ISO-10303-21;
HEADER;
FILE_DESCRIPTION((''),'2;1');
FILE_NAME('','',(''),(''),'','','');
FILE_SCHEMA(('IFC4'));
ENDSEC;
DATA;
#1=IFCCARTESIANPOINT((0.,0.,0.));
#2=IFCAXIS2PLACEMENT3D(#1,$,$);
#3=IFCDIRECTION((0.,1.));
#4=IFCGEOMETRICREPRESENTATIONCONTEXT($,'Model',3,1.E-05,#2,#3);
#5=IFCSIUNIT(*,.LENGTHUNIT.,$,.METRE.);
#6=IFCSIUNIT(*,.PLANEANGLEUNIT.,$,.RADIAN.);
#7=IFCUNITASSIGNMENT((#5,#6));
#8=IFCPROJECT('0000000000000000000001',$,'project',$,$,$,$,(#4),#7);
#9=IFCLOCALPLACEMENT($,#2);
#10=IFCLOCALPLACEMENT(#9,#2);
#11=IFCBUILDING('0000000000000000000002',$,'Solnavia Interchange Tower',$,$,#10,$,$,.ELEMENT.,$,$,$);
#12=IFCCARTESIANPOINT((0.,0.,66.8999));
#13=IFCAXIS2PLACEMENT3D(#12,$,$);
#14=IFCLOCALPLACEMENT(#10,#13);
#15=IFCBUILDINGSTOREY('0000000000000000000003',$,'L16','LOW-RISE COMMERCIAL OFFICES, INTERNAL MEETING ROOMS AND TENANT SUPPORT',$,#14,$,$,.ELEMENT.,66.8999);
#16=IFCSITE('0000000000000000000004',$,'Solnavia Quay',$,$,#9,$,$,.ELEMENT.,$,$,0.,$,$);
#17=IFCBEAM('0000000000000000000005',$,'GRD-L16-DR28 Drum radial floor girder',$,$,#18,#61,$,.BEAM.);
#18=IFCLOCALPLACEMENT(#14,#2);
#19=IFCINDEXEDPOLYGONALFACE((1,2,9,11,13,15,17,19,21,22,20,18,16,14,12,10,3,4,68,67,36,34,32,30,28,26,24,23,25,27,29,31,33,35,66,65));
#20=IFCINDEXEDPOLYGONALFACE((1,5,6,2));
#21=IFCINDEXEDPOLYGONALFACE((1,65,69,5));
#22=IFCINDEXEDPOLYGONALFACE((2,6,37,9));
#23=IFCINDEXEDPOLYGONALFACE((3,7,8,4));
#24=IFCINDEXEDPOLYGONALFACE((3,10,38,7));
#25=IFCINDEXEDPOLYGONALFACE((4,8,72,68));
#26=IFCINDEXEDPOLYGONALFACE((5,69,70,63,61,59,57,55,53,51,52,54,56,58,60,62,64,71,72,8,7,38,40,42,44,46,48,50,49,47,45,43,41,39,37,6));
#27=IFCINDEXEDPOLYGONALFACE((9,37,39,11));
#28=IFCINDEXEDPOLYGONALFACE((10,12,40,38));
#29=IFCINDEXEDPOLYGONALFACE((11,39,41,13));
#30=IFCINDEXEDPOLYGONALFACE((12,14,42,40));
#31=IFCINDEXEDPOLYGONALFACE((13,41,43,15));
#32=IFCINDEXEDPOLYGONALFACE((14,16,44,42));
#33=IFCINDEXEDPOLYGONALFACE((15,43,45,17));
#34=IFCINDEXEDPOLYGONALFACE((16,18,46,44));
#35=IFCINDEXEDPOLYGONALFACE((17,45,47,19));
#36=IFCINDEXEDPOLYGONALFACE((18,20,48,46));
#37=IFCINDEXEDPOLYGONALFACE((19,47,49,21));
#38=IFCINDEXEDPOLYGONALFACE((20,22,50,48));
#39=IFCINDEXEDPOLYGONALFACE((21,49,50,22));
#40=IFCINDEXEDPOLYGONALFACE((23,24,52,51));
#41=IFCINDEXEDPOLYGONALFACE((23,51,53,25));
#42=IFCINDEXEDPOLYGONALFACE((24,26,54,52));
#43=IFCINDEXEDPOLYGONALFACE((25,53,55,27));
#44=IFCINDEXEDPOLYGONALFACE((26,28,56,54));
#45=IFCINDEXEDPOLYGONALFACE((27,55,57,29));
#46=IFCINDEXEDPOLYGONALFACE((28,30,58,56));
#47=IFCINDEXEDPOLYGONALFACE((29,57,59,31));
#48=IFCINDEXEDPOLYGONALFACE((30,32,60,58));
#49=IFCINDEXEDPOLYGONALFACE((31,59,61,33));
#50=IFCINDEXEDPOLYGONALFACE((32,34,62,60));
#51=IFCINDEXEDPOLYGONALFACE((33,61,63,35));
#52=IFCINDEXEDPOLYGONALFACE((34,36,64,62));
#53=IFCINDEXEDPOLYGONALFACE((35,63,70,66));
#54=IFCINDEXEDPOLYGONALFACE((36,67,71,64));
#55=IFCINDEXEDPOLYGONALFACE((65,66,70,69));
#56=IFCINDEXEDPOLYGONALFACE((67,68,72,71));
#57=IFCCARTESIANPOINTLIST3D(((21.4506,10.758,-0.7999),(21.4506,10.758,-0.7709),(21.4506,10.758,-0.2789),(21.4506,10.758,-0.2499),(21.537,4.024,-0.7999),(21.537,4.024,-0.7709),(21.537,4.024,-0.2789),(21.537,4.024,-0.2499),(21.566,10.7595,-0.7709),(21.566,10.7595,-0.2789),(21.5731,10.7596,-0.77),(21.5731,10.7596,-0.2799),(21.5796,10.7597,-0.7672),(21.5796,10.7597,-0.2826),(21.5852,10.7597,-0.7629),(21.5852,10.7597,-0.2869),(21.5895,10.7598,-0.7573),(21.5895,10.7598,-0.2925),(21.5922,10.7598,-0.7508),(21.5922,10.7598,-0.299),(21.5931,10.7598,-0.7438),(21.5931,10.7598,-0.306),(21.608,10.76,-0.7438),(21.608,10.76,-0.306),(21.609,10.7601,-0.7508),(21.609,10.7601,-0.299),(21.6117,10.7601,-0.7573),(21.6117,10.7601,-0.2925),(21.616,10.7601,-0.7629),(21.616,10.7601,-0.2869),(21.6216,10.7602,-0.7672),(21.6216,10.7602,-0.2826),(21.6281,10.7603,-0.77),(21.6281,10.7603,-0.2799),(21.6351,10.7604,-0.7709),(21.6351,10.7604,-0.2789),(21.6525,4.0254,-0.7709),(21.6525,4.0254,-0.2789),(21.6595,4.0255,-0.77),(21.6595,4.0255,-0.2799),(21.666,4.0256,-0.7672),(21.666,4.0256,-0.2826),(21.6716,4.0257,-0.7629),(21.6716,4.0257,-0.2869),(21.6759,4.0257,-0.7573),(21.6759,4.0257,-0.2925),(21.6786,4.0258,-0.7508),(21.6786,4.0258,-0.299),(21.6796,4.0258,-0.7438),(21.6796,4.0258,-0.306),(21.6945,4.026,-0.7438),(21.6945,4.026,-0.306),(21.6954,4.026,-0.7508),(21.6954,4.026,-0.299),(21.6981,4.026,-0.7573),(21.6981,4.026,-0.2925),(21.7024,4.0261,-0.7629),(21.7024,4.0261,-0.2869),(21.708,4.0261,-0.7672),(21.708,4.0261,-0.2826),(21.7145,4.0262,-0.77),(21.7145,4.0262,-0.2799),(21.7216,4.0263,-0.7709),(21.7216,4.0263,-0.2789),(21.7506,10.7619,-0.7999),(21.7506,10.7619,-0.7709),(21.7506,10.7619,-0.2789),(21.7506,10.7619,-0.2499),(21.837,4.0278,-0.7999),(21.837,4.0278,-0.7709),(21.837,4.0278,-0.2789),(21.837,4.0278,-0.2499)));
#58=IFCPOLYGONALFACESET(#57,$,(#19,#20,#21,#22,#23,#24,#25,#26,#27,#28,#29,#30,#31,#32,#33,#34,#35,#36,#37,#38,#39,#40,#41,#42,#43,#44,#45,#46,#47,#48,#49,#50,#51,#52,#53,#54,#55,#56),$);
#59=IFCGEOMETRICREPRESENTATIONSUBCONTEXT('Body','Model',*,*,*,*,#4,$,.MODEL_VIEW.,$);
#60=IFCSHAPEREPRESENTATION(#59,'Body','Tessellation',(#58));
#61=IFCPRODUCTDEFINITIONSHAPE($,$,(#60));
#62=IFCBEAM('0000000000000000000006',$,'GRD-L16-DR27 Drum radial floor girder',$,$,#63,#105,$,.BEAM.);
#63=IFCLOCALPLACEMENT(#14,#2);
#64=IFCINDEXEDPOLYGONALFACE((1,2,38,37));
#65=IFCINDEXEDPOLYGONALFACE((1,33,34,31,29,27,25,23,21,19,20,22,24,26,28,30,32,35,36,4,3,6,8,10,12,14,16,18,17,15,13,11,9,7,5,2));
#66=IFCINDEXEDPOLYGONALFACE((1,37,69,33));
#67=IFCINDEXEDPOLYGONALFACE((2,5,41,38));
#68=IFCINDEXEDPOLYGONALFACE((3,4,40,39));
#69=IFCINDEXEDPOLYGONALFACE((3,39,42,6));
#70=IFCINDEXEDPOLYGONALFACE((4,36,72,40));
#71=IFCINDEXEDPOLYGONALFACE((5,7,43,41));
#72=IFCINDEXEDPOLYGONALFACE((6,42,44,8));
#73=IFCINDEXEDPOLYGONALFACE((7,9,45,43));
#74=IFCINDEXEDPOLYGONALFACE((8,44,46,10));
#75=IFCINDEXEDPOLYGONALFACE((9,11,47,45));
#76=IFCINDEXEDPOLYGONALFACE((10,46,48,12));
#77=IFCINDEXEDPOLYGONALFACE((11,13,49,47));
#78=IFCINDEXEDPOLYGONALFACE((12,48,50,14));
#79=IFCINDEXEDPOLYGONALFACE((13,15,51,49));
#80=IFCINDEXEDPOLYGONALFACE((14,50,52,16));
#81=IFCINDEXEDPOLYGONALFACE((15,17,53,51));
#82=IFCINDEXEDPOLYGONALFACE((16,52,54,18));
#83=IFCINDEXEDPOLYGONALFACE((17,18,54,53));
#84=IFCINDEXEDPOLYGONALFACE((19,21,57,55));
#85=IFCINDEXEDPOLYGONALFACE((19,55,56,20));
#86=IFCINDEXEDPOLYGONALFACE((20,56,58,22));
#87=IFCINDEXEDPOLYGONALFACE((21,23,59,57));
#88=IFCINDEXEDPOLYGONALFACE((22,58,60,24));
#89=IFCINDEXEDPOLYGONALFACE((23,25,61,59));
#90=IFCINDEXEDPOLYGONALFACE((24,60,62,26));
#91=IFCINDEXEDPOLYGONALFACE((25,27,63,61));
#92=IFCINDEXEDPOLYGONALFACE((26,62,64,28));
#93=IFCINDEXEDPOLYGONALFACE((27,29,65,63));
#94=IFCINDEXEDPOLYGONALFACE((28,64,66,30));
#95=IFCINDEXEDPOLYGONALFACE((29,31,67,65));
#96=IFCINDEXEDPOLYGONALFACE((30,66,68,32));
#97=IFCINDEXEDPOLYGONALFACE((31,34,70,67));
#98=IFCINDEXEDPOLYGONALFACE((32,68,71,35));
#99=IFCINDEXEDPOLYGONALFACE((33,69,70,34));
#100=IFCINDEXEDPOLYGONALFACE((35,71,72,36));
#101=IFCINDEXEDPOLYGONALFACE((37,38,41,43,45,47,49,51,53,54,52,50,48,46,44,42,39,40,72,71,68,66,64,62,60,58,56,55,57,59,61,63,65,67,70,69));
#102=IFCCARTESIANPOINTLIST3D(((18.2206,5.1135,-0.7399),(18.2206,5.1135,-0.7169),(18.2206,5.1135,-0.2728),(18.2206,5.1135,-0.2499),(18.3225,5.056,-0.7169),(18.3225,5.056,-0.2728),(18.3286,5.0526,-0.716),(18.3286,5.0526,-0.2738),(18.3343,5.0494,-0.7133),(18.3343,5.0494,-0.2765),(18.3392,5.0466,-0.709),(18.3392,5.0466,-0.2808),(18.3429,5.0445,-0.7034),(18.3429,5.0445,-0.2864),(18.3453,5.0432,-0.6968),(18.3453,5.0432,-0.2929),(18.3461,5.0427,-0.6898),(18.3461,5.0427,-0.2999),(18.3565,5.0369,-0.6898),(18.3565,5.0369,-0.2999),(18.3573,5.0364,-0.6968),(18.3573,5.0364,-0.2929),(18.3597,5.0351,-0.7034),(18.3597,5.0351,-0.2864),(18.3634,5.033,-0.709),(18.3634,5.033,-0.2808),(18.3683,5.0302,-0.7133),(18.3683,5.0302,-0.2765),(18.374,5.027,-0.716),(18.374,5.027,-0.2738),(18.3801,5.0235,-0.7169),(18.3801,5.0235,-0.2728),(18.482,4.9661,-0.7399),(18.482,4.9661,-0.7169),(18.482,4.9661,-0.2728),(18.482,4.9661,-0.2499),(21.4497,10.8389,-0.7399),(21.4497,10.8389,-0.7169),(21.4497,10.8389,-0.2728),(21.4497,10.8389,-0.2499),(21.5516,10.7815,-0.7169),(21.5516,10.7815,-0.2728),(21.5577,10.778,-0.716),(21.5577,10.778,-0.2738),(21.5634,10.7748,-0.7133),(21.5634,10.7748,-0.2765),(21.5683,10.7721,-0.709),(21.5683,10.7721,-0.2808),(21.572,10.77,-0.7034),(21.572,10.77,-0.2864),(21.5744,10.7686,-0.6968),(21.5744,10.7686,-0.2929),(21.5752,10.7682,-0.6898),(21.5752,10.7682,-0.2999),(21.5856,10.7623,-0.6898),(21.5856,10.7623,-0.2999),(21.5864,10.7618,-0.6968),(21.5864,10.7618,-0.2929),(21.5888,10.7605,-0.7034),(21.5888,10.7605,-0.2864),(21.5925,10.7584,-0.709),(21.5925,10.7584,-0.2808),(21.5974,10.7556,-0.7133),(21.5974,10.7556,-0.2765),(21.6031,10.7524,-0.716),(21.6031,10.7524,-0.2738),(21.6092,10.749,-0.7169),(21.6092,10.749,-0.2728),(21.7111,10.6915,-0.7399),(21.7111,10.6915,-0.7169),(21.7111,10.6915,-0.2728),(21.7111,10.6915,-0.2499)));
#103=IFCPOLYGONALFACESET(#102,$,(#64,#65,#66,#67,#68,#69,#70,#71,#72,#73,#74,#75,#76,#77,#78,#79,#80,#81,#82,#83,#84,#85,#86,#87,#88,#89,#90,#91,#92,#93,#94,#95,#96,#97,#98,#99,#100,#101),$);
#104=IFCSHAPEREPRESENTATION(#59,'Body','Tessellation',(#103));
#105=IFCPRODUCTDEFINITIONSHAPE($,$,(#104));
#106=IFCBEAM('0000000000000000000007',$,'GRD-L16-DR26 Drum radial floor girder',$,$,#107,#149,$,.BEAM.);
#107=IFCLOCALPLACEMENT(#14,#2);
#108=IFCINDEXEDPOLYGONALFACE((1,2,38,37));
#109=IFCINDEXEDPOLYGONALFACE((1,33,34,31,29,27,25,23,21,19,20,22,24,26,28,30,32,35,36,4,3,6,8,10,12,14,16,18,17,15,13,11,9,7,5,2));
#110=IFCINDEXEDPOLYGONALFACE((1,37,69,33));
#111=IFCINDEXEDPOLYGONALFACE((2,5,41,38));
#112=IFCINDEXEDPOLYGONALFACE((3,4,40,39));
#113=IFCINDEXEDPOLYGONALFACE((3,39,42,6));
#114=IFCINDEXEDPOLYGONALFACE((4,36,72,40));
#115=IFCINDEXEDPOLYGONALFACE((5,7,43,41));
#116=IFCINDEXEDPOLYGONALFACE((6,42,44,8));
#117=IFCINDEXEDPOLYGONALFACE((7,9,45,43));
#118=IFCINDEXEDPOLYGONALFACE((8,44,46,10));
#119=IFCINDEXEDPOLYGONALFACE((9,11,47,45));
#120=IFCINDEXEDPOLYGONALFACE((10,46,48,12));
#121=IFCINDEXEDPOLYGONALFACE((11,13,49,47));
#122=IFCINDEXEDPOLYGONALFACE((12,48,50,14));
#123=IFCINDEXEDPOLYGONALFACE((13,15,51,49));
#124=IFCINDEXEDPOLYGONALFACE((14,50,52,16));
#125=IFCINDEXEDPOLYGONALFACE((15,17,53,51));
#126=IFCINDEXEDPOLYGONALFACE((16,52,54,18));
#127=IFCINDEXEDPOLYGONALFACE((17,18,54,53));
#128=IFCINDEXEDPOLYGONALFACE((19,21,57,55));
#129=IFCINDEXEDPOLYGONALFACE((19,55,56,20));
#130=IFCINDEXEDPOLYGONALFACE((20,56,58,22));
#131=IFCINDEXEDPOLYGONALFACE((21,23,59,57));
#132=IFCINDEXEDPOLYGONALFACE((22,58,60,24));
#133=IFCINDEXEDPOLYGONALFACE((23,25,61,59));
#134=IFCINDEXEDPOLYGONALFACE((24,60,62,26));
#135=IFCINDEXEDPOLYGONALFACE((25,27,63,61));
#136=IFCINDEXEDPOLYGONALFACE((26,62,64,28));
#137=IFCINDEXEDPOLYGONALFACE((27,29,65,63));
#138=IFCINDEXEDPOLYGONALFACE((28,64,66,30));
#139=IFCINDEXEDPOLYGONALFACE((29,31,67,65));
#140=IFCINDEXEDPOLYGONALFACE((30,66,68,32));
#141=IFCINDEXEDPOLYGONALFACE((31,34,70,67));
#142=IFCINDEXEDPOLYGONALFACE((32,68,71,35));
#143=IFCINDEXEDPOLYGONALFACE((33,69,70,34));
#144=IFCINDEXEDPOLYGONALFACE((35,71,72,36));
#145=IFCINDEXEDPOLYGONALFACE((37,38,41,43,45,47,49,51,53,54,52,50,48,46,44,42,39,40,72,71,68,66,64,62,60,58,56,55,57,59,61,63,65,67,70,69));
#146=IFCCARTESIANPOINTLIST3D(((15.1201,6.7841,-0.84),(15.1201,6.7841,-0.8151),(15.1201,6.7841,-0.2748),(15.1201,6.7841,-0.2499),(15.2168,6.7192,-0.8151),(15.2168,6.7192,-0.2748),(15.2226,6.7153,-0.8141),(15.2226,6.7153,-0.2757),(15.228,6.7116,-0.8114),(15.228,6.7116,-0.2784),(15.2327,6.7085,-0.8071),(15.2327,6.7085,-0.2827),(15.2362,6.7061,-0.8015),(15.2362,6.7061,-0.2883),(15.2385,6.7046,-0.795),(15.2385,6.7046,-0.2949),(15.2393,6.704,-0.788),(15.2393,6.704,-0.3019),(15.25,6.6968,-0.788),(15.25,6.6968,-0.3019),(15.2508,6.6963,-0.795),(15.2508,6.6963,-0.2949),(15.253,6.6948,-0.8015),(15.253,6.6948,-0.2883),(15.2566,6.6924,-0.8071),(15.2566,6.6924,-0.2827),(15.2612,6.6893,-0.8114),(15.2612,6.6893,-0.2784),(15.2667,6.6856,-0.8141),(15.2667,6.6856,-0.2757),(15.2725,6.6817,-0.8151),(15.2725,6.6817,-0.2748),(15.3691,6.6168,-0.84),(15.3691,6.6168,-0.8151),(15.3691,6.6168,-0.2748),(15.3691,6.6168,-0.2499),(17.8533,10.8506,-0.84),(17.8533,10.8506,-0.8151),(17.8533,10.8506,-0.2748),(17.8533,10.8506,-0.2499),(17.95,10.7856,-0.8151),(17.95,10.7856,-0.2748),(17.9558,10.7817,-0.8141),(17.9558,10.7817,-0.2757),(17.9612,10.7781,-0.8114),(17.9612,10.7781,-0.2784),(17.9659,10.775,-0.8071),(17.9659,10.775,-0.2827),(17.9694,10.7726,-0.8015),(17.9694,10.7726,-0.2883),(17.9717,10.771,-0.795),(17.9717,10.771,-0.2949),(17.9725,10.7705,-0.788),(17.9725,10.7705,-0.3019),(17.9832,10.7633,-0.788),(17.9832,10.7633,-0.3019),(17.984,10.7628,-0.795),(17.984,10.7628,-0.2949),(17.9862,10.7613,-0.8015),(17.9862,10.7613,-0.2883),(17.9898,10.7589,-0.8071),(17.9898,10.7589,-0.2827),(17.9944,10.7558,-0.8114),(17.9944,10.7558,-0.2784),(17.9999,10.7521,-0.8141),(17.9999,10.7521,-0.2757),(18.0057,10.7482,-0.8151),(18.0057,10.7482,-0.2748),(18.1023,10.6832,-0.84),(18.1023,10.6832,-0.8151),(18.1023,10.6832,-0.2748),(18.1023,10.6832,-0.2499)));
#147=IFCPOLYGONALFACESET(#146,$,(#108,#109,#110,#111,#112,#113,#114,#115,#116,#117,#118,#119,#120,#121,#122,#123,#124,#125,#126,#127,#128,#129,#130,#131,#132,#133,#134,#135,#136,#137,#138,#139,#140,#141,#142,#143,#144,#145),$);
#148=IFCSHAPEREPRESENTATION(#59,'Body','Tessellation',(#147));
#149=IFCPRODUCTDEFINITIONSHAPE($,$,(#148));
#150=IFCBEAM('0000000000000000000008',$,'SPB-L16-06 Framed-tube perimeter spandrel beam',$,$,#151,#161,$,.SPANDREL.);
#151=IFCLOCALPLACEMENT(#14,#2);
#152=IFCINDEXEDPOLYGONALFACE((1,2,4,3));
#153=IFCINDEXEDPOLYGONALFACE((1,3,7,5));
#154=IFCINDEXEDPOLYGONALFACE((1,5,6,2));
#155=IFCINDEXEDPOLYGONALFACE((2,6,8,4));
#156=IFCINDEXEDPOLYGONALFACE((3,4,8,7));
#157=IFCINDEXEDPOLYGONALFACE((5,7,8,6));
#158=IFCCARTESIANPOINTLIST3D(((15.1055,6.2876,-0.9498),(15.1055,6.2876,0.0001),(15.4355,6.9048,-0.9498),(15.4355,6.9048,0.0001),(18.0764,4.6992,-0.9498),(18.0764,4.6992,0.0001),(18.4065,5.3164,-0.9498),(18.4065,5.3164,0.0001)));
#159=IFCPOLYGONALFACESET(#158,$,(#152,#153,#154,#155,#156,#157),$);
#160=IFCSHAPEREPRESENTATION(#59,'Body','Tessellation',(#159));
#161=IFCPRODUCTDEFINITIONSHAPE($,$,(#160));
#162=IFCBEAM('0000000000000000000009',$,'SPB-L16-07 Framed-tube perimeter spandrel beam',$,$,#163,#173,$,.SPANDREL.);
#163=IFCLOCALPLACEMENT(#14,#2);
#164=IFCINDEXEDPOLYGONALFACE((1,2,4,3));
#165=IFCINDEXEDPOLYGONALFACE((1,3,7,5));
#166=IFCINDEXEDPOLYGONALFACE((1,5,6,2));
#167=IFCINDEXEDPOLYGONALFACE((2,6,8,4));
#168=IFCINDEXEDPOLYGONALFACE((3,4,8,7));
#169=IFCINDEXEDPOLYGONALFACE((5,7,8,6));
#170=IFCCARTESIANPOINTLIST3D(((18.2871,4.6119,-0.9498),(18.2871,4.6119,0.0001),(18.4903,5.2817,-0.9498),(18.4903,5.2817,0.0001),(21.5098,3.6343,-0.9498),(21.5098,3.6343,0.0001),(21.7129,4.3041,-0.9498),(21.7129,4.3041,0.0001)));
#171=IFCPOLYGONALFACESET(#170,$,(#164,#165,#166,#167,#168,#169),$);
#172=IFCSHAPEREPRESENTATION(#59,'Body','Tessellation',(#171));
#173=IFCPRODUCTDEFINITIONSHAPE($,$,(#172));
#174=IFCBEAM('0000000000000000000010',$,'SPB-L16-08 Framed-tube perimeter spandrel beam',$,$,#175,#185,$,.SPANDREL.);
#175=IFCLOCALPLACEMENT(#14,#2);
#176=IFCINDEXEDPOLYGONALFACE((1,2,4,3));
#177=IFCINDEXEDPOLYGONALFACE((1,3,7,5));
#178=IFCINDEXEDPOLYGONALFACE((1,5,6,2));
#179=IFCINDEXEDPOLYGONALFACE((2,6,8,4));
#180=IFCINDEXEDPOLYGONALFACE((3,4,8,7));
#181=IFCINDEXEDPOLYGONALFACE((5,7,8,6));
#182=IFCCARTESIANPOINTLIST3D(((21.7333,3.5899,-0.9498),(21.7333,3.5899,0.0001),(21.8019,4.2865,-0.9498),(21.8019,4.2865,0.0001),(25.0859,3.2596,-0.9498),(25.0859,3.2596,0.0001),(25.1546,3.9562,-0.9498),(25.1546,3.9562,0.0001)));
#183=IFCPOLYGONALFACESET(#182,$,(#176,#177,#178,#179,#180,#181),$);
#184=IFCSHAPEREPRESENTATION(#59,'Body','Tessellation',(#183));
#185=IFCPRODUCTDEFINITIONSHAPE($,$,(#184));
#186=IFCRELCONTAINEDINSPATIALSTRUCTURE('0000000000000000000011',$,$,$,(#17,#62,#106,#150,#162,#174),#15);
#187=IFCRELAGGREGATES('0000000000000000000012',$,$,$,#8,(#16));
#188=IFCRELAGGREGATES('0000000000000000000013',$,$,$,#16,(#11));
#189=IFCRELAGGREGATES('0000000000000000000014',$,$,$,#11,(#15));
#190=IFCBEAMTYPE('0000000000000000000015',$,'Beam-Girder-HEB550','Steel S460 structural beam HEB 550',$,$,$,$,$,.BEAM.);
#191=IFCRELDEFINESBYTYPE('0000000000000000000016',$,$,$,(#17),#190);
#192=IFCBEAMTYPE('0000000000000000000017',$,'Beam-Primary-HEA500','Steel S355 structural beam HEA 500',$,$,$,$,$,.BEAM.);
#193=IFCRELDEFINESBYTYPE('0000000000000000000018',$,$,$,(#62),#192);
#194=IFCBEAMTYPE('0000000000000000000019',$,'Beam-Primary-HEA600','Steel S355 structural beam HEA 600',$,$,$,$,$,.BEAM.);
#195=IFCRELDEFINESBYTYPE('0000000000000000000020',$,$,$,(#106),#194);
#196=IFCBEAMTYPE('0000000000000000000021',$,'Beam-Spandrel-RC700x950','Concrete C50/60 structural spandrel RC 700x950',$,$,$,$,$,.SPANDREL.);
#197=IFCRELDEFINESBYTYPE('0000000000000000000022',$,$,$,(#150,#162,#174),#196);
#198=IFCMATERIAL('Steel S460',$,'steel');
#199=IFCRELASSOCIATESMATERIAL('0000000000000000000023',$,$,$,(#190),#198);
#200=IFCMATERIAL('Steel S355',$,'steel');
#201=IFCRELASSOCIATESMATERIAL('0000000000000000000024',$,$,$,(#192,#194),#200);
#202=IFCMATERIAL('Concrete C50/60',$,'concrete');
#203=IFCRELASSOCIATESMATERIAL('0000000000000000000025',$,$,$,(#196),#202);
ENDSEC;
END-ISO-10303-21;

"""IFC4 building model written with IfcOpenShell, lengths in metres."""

from ifc_helpers import new_model, si_unit, direction, frame, origin, origin_2d, place, context, subcontext, project, spatial, rectangle, i_section, extrude, material, material_profile, profile_set, type_object, element, save


model = new_model("IFC4")

# Units and contexts
model_context = context("Model", 3, precision=1e-05, world=origin(), true_north=direction((0.0, 1.0)))
body_context = subcontext(model_context, "Body", "Model", "MODEL_VIEW")
ifc_project = project(units=[si_unit("LENGTHUNIT", "METRE"), si_unit("PLANEANGLEUNIT", "RADIAN")], contexts=[model_context])

# Site, building, storey
site_placement = place(None, origin())
site = spatial("IfcSite", under=ifc_project, at=site_placement, Name="Solnavia Quay", CompositionType="ELEMENT", RefElevation=0.0)
building_placement = place(site_placement, origin())
building = spatial("IfcBuilding", under=site, at=building_placement, Name="Solnavia Interchange Tower", CompositionType="ELEMENT")
storey_placement = place(building_placement, frame((0.0, 0.0, 66.8999)))
storey = spatial("IfcBuildingStorey", under=building, at=storey_placement, Name="L16", Description="LOW-RISE COMMERCIAL OFFICES, INTERNAL MEETING ROOMS AND TENANT SUPPORT", CompositionType="ELEMENT", Elevation=66.8999)

# Shared definitions
ifc_material_1 = material(Name="Steel S355", Category="steel")

# Beams
ifc_material_2 = material(Name="Steel S460", Category="steel")
ifc_material_profile_1 = material_profile(ifc_material_2, i_section(OverallWidth=0.3, OverallDepth=0.55, WebThickness=0.0149, FlangeThickness=0.0291, FilletRadius=0.0271, at=origin_2d()), Name="HEB 550")
ifc_profile_set_1 = profile_set([ifc_material_profile_1], Name="Steel S460")
beam_type_1 = type_object("IfcBeamType", Name="Beam-Girder-HEB550", Description="Steel S460 structural beam HEB 550", PredefinedType="BEAM", material=ifc_profile_set_1)
beam_1_placement = place(storey_placement, frame((21.687, 4.0259, -0.5249), z_axis=(-0.012833, 0.999918, 0.0), x_axis=(-0.999918, -0.012833, 0.0)))
element("IfcBeam", 1, at=beam_1_placement, inside=storey, type_object=beam_type_1, Name="GRD-L16-DR28 Drum radial floor girder", PredefinedType="BEAM", context=body_context, shape_type="SweptSolid", body=[
    extrude(i_section(OverallWidth=0.3, OverallDepth=0.55, WebThickness=0.0149, FlangeThickness=0.0291, FilletRadius=0.0271, at=origin_2d()), origin(), (0.0, 0.0, 1.0), 6.7346),
])
ifc_material_profile_2 = material_profile(ifc_material_1, i_section(OverallWidth=0.3, OverallDepth=0.49, WebThickness=0.012, FlangeThickness=0.0229, FilletRadius=0.0271, at=origin_2d()), Name="HEA 500")
ifc_profile_set_2 = profile_set([ifc_material_profile_2], Name="Steel S355")
beam_type_2 = type_object("IfcBeamType", Name="Beam-Primary-HEA500", Description="Steel S355 structural beam HEA 500", PredefinedType="BEAM", material=ifc_profile_set_2)
beam_2_placement = place(storey_placement, frame((18.3513, 5.0398, -0.4949), z_axis=(0.491243, 0.871022, 0.0), x_axis=(-0.871022, 0.491243, 0.0)))
element("IfcBeam", 2, at=beam_2_placement, inside=storey, type_object=beam_type_2, Name="GRD-L16-DR27 Drum radial floor girder", PredefinedType="BEAM", context=body_context, shape_type="SweptSolid", body=[
    extrude(i_section(OverallWidth=0.3, OverallDepth=0.49, WebThickness=0.012, FlangeThickness=0.0229, FilletRadius=0.0271, at=origin_2d()), origin(), (0.0, 0.0, 1.0), 6.5732),
])
ifc_material_profile_3 = material_profile(ifc_material_1, i_section(OverallWidth=0.3, OverallDepth=0.5901, WebThickness=0.0129, FlangeThickness=0.0249, FilletRadius=0.0271, at=origin_2d()), Name="HEA 600")
ifc_profile_set_3 = profile_set([ifc_material_profile_3], Name="Steel S355")
beam_type_3 = type_object("IfcBeamType", Name="Beam-Primary-HEA600", Description="Steel S355 structural beam HEA 600", PredefinedType="BEAM", material=ifc_profile_set_3)
beam_3_placement = place(storey_placement, frame((15.2446, 6.7004, -0.5449), z_axis=(0.557835, 0.829952, 0.0), x_axis=(-0.829952, 0.557835, 0.0)))
element("IfcBeam", 3, at=beam_3_placement, inside=storey, type_object=beam_type_3, Name="GRD-L16-DR26 Drum radial floor girder", PredefinedType="BEAM", context=body_context, shape_type="SweptSolid", body=[
    extrude(i_section(OverallWidth=0.3, OverallDepth=0.5901, WebThickness=0.0129, FlangeThickness=0.0249, FilletRadius=0.0271, at=origin_2d()), origin(), (0.0, 0.0, 1.0), 4.8997),
])
ifc_material_3 = material(Name="Concrete C50/60", Category="concrete")
ifc_material_profile_4 = material_profile(ifc_material_3, rectangle(XDim=0.7, YDim=0.95, at=origin_2d()), Name="RC 700x950")
ifc_profile_set_4 = profile_set([ifc_material_profile_4], Name="Concrete C50/60")
beam_type_4 = type_object("IfcBeamType", Name="Beam-Spandrel-RC700x950", Description="Concrete C50/60 structural spandrel RC 700x950", PredefinedType="SPANDREL", material=ifc_profile_set_4)
beam_4_placement = place(storey_placement, frame((15.2705, 6.5962, -0.4749), z_axis=(0.881875, -0.471483, 0.0), x_axis=(0.471483, 0.881875, 0.0)))
element("IfcBeam", 4, at=beam_4_placement, inside=storey, type_object=beam_type_4, Name="SPB-L16-06 Framed-tube perimeter spandrel beam", PredefinedType="SPANDREL", context=body_context, shape_type="SweptSolid", body=[
    extrude(rectangle(XDim=0.7, YDim=0.95, at=origin_2d()), origin(), (0.0, 0.0, 1.0), 3.3689),
])
beam_5_placement = place(storey_placement, frame((18.3887, 4.9468, -0.4749), z_axis=(0.956944, -0.290273, 0.0), x_axis=(0.290273, 0.956944, 0.0)))
element("IfcBeam", 5, at=beam_5_placement, inside=storey, type_object=beam_type_4, Name="SPB-L16-07 Framed-tube perimeter spandrel beam", PredefinedType="SPANDREL", context=body_context, shape_type="SweptSolid", body=[
    extrude(rectangle(XDim=0.7, YDim=0.95, at=origin_2d()), origin(), (0.0, 0.0, 1.0), 3.3677),
])
beam_6_placement = place(storey_placement, frame((21.7676, 3.9382, -0.4749), z_axis=(0.995182, -0.098047, 0.0), x_axis=(0.098047, 0.995182, 0.0)))
element("IfcBeam", 6, at=beam_6_placement, inside=storey, type_object=beam_type_4, Name="SPB-L16-08 Framed-tube perimeter spandrel beam", PredefinedType="SPANDREL", context=body_context, shape_type="SweptSolid", body=[
    extrude(rectangle(XDim=0.7, YDim=0.95, at=origin_2d()), origin(), (0.0, 0.0, 1.0), 3.3689),
])

save(model, "model.ifc")
